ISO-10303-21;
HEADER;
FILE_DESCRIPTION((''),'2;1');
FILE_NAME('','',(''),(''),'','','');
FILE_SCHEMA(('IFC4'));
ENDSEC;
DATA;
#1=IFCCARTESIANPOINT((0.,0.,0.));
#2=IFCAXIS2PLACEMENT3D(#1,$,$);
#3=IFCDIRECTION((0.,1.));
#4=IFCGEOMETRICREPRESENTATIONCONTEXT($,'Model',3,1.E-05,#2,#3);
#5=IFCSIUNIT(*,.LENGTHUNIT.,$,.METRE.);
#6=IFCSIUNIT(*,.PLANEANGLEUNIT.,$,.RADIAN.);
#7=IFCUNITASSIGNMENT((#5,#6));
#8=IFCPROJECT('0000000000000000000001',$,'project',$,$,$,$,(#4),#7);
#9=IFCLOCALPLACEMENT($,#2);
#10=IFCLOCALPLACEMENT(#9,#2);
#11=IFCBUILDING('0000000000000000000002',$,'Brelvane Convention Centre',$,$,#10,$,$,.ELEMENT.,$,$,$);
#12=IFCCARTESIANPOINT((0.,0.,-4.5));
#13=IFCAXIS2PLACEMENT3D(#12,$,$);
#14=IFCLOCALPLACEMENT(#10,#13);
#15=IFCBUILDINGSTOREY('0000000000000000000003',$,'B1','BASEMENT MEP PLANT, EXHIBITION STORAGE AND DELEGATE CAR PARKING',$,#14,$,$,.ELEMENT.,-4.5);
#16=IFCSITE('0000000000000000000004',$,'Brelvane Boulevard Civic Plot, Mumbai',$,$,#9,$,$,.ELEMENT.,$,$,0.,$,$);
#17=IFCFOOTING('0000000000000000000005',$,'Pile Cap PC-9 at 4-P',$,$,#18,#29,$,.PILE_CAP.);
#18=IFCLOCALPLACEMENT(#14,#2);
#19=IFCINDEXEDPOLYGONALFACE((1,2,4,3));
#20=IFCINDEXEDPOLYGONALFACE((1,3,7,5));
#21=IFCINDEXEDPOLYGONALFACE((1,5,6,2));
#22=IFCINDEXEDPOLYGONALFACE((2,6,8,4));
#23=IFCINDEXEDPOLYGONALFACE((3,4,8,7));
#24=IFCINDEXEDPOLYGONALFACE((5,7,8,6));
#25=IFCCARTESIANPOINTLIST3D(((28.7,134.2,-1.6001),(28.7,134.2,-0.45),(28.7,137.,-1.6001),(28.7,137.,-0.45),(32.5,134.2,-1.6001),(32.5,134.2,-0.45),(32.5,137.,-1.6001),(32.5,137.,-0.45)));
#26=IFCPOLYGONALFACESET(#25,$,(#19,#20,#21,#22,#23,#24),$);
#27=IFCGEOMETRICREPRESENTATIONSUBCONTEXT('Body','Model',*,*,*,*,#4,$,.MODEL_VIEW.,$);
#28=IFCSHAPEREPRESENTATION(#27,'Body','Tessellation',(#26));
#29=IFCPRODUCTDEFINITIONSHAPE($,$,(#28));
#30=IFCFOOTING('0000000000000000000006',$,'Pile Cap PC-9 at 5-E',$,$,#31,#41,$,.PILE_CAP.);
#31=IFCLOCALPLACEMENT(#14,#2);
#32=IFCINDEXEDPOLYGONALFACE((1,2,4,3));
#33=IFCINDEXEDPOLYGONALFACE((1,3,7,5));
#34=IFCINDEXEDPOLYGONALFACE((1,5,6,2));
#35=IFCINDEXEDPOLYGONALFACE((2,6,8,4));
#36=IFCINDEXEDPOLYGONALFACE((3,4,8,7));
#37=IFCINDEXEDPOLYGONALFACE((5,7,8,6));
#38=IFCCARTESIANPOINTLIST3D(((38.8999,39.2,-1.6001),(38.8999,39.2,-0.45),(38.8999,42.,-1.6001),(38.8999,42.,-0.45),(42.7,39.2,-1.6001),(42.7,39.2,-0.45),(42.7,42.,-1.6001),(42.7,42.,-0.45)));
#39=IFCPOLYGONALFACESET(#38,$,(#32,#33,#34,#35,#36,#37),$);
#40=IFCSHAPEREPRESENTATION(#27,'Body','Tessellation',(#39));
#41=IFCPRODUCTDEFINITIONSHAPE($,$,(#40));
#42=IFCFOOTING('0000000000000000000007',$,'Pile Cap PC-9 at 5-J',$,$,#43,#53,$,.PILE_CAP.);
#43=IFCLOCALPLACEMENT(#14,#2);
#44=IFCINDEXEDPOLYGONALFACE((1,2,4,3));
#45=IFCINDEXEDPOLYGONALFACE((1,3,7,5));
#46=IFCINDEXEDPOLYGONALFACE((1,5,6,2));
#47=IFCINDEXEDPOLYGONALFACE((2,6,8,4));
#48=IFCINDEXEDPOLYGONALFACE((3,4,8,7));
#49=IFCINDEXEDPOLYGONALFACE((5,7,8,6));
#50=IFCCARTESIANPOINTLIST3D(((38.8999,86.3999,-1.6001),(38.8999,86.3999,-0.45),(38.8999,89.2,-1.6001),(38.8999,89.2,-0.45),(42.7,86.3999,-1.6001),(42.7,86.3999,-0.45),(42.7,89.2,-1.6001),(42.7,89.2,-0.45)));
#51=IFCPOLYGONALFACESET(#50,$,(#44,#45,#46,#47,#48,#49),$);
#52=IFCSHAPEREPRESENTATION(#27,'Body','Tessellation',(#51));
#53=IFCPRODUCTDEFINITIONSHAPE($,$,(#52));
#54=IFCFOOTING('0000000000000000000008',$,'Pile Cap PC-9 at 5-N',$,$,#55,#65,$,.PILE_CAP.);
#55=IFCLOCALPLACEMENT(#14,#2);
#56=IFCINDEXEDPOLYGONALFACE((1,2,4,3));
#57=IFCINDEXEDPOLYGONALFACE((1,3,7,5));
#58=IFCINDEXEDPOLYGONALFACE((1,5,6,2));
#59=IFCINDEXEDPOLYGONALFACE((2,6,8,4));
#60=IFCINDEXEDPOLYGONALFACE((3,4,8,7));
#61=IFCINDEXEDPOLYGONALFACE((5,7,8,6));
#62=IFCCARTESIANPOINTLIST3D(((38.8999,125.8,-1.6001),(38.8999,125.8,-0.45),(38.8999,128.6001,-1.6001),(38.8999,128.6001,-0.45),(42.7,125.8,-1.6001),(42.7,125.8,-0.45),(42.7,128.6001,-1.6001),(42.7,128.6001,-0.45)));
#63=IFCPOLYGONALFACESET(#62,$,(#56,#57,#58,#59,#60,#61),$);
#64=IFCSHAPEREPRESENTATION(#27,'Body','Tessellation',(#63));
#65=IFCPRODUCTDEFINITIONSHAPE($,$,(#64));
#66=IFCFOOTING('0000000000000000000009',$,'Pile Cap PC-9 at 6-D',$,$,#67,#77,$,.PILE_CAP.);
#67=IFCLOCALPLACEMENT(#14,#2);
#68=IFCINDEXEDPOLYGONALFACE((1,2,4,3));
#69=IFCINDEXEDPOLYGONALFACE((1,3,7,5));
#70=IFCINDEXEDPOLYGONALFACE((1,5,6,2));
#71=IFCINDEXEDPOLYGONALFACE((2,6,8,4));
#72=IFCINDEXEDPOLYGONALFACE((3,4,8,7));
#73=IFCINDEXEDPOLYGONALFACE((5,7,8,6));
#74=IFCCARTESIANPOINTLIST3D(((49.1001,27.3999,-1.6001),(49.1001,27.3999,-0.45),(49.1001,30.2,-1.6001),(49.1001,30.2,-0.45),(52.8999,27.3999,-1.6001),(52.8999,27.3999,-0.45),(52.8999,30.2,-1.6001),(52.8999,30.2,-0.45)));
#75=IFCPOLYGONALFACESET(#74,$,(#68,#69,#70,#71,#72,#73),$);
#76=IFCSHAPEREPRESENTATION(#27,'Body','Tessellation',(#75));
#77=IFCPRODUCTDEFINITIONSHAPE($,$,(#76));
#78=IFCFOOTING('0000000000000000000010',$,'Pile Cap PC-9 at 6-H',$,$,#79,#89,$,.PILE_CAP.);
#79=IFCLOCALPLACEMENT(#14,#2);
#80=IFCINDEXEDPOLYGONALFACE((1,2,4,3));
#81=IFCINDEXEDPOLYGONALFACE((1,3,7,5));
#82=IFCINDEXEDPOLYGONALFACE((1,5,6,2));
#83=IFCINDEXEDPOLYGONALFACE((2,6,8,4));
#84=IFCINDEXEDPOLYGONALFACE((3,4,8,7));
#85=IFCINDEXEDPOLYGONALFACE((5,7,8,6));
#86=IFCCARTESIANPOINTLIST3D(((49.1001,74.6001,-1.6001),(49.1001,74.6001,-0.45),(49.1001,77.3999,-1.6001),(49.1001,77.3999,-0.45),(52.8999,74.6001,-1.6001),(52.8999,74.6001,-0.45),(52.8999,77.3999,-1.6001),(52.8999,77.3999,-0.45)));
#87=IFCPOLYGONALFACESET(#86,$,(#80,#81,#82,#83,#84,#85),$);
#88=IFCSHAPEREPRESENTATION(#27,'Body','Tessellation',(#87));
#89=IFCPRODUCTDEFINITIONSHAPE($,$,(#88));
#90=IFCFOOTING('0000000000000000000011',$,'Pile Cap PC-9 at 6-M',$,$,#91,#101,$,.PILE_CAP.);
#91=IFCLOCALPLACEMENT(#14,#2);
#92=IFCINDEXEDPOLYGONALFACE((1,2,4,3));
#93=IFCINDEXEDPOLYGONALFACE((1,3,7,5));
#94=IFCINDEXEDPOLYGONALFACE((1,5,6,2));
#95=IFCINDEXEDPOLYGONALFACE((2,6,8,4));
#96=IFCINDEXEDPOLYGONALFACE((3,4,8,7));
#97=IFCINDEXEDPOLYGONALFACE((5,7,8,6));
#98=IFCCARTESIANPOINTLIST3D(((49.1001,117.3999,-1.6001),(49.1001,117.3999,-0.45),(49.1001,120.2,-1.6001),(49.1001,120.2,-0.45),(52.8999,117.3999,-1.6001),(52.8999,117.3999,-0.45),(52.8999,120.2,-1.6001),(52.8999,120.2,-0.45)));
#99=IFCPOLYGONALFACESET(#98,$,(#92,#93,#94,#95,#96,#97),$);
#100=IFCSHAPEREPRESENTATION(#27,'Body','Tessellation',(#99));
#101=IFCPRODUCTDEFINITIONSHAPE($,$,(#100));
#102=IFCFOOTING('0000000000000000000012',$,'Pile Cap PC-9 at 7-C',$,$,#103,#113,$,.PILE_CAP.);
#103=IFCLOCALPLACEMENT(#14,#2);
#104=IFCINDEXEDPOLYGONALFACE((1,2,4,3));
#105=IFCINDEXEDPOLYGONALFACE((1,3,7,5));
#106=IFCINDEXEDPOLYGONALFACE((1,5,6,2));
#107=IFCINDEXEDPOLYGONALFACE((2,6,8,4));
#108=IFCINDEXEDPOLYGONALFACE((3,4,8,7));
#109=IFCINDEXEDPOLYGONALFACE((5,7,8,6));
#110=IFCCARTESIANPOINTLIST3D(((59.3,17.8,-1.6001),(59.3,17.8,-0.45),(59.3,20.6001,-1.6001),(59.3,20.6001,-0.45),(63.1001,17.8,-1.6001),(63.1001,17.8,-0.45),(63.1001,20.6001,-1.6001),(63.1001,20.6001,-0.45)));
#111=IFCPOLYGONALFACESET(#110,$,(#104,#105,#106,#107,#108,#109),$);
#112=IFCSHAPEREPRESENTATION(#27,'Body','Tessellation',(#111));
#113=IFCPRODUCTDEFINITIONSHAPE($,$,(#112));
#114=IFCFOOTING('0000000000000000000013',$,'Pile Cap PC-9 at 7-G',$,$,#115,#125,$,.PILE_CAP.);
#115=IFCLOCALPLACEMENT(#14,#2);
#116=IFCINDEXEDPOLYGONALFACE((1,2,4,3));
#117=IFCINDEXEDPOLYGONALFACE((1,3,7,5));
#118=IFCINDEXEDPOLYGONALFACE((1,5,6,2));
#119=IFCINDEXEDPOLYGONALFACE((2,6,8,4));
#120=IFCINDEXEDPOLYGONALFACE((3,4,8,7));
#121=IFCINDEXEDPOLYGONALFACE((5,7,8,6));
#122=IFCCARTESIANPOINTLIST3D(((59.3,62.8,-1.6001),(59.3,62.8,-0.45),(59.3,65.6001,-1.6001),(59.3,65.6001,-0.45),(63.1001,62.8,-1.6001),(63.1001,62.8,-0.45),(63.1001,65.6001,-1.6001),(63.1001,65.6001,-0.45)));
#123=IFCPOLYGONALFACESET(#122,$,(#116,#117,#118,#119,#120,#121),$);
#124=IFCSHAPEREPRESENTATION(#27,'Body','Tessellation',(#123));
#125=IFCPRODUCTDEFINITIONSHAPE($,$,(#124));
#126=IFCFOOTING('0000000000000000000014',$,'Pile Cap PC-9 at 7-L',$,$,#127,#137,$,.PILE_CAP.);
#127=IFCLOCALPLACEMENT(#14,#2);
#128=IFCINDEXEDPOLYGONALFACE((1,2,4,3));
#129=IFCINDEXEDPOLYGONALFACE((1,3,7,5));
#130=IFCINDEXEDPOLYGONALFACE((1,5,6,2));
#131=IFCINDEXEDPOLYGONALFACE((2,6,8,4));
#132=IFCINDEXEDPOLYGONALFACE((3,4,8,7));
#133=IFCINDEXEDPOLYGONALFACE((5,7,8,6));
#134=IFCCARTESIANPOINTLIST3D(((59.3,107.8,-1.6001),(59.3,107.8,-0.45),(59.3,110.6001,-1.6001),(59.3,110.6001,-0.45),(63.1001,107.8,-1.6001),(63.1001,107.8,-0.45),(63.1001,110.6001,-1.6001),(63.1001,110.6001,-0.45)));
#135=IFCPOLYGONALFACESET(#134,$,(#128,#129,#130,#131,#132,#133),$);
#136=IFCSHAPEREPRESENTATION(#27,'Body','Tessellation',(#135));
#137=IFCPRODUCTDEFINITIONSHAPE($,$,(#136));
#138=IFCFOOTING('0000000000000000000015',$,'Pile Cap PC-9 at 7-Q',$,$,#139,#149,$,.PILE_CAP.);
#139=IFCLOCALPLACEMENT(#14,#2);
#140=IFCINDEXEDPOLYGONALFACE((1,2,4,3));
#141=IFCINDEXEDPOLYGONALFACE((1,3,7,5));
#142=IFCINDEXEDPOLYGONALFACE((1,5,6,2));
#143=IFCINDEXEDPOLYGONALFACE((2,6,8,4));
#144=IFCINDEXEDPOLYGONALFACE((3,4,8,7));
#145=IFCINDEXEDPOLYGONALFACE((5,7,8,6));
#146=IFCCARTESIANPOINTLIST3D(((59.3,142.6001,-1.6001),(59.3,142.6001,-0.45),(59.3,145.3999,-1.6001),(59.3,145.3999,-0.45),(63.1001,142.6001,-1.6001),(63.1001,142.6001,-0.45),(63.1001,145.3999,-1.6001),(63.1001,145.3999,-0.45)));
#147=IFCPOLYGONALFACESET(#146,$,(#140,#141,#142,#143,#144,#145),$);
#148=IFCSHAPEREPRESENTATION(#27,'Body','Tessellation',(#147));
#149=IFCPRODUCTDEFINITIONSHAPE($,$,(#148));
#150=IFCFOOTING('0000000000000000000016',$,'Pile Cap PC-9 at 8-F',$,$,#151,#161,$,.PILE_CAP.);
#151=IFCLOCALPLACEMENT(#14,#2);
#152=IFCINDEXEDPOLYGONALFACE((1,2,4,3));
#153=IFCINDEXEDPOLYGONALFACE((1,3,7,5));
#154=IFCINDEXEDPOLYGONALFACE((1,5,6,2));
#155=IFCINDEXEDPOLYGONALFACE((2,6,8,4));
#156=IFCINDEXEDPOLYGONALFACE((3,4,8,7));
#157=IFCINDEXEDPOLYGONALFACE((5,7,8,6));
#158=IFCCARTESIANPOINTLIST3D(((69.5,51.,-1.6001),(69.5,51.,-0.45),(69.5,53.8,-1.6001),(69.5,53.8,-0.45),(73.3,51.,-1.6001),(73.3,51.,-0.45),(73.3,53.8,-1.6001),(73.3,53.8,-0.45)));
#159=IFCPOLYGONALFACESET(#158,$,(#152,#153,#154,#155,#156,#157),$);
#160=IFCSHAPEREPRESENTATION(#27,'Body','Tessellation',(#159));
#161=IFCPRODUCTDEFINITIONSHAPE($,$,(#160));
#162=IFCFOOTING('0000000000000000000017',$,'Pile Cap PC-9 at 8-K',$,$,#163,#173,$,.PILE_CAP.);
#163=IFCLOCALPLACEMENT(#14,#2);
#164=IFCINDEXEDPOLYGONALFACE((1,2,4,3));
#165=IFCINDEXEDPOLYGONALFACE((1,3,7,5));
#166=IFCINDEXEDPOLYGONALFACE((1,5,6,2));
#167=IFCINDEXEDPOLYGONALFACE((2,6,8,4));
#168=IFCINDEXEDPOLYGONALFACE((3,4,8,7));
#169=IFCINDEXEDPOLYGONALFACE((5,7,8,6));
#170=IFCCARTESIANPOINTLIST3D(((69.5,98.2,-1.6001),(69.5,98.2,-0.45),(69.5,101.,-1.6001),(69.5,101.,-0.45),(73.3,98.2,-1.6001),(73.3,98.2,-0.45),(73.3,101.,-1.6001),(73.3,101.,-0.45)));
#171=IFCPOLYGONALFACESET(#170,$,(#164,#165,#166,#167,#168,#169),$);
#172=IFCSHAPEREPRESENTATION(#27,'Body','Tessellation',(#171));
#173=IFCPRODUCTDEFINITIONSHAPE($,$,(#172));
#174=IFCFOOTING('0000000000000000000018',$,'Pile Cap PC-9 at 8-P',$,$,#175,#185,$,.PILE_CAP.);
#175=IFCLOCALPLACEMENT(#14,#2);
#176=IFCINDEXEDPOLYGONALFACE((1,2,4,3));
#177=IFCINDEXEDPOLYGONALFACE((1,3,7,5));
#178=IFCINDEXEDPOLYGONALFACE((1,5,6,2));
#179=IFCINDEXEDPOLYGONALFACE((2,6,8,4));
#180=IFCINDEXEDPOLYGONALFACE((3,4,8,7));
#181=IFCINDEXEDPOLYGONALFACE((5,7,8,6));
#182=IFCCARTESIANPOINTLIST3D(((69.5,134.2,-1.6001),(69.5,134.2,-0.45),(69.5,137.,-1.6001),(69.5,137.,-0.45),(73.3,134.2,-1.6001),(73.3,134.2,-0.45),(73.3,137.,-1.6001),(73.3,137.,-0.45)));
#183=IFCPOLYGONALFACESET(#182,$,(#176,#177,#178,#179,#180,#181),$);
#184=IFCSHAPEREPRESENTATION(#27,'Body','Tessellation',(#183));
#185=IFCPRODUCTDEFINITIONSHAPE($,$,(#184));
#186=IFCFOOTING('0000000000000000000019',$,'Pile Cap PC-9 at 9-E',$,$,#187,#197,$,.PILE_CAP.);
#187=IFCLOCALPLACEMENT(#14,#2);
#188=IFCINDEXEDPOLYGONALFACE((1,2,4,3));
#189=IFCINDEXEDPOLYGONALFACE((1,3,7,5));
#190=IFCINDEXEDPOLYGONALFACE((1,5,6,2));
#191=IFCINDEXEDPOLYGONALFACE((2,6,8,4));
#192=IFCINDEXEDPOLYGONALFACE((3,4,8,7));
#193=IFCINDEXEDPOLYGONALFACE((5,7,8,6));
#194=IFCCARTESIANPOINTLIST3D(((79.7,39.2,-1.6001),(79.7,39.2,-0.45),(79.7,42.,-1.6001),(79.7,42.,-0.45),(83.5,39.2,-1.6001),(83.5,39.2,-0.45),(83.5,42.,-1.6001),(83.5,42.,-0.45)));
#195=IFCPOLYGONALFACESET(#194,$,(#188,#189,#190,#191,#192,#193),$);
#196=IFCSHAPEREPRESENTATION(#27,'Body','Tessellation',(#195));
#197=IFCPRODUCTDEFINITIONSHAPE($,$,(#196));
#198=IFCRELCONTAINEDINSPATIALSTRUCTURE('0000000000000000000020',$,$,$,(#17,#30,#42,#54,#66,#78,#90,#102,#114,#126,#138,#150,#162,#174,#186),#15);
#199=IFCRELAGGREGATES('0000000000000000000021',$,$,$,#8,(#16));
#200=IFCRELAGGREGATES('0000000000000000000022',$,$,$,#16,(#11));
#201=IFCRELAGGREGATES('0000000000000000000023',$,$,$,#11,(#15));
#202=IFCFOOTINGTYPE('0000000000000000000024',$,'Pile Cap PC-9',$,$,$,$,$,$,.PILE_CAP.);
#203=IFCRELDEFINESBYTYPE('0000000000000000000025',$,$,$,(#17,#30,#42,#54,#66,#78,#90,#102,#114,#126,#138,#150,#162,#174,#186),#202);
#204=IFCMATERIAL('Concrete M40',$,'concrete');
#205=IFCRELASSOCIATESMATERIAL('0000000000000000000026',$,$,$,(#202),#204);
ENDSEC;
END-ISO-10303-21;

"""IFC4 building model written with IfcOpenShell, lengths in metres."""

from ifc_helpers import new_model, si_unit, direction, frame, origin, place, context, subcontext, project, spatial, polyline, outline, extrude, material, type_object, element, save


model = new_model("IFC4")

# Units and contexts
model_context = context("Model", 3, precision=1e-05, world=origin(), true_north=direction((0.0, 1.0)))
body_context = subcontext(model_context, "Body", "Model", "MODEL_VIEW")
ifc_project = project(units=[si_unit("LENGTHUNIT", "METRE"), si_unit("PLANEANGLEUNIT", "RADIAN")], contexts=[model_context])

# Site, building, storey
site_placement = place(None, origin())
site = spatial("IfcSite", under=ifc_project, at=site_placement, Name="Brelvane Boulevard Civic Plot, Mumbai", CompositionType="ELEMENT", RefElevation=0.0)
building_placement = place(site_placement, origin())
building = spatial("IfcBuilding", under=site, at=building_placement, Name="Brelvane Convention Centre", CompositionType="ELEMENT")
storey_placement = place(building_placement, frame((0.0, 0.0, -4.5)))
storey = spatial("IfcBuildingStorey", under=building, at=storey_placement, Name="B1", Description="BASEMENT MEP PLANT, EXHIBITION STORAGE AND DELEGATE CAR PARKING", CompositionType="ELEMENT", Elevation=-4.5)

# Footings
ifc_material = material(Name="Concrete M40", Category="concrete")
footing_type = type_object("IfcFootingType", Name="Pile Cap PC-9", PredefinedType="PILE_CAP", material=ifc_material)
footing_1_placement = place(storey_placement, frame((0.0, 0.0, -1.6001)))
element("IfcFooting", 1, at=footing_1_placement, inside=storey, type_object=footing_type, Name="Pile Cap PC-9 at 4-P", PredefinedType="PILE_CAP", context=body_context, shape_type="SweptSolid", body=[
    extrude(outline(polyline([(28.7, 134.2), (32.5, 134.2), (32.5, 137.0), (28.7, 137.0), (28.7, 134.2)])), origin(), (0.0, 0.0, 1.0), 1.1501),
])
footing_2_placement = place(storey_placement, frame((0.0, 0.0, -1.6001)))
element("IfcFooting", 2, at=footing_2_placement, inside=storey, type_object=footing_type, Name="Pile Cap PC-9 at 5-E", PredefinedType="PILE_CAP", context=body_context, shape_type="SweptSolid", body=[
    extrude(outline(polyline([(38.8999, 39.2), (42.7, 39.2), (42.7, 42.0), (38.8999, 42.0), (38.8999, 39.2)])), origin(), (0.0, 0.0, 1.0), 1.1501),
])
footing_3_placement = place(storey_placement, frame((0.0, 0.0, -1.6001)))
element("IfcFooting", 3, at=footing_3_placement, inside=storey, type_object=footing_type, Name="Pile Cap PC-9 at 5-J", PredefinedType="PILE_CAP", context=body_context, shape_type="SweptSolid", body=[
    extrude(outline(polyline([(38.8999, 86.3999), (42.7, 86.3999), (42.7, 89.2), (38.8999, 89.2), (38.8999, 86.3999)])), origin(), (0.0, 0.0, 1.0), 1.1501),
])
footing_4_placement = place(storey_placement, frame((0.0, 0.0, -1.6001)))
element("IfcFooting", 4, at=footing_4_placement, inside=storey, type_object=footing_type, Name="Pile Cap PC-9 at 5-N", PredefinedType="PILE_CAP", context=body_context, shape_type="SweptSolid", body=[
    extrude(outline(polyline([(38.8999, 125.8), (42.7, 125.8), (42.7, 128.6001), (38.8999, 128.6001), (38.8999, 125.8)])), origin(), (0.0, 0.0, 1.0), 1.1501),
])
footing_5_placement = place(storey_placement, frame((0.0, 0.0, -1.6001)))
element("IfcFooting", 5, at=footing_5_placement, inside=storey, type_object=footing_type, Name="Pile Cap PC-9 at 6-D", PredefinedType="PILE_CAP", context=body_context, shape_type="SweptSolid", body=[
    extrude(outline(polyline([(49.1001, 27.3999), (52.8999, 27.3999), (52.8999, 30.2), (49.1001, 30.2), (49.1001, 27.3999)])), origin(), (0.0, 0.0, 1.0), 1.1501),
])
footing_6_placement = place(storey_placement, frame((0.0, 0.0, -1.6001)))
element("IfcFooting", 6, at=footing_6_placement, inside=storey, type_object=footing_type, Name="Pile Cap PC-9 at 6-H", PredefinedType="PILE_CAP", context=body_context, shape_type="SweptSolid", body=[
    extrude(outline(polyline([(49.1001, 74.6001), (52.8999, 74.6001), (52.8999, 77.3999), (49.1001, 77.3999), (49.1001, 74.6001)])), origin(), (0.0, 0.0, 1.0), 1.1501),
])
footing_7_placement = place(storey_placement, frame((0.0, 0.0, -1.6001)))
element("IfcFooting", 7, at=footing_7_placement, inside=storey, type_object=footing_type, Name="Pile Cap PC-9 at 6-M", PredefinedType="PILE_CAP", context=body_context, shape_type="SweptSolid", body=[
    extrude(outline(polyline([(49.1001, 117.3999), (52.8999, 117.3999), (52.8999, 120.2), (49.1001, 120.2), (49.1001, 117.3999)])), origin(), (0.0, 0.0, 1.0), 1.1501),
])
footing_8_placement = place(storey_placement, frame((0.0, 0.0, -1.6001)))
element("IfcFooting", 8, at=footing_8_placement, inside=storey, type_object=footing_type, Name="Pile Cap PC-9 at 7-C", PredefinedType="PILE_CAP", context=body_context, shape_type="SweptSolid", body=[
    extrude(outline(polyline([(59.3, 17.8), (63.1001, 17.8), (63.1001, 20.6001), (59.3, 20.6001), (59.3, 17.8)])), origin(), (0.0, 0.0, 1.0), 1.1501),
])
footing_9_placement = place(storey_placement, frame((0.0, 0.0, -1.6001)))
element("IfcFooting", 9, at=footing_9_placement, inside=storey, type_object=footing_type, Name="Pile Cap PC-9 at 7-G", PredefinedType="PILE_CAP", context=body_context, shape_type="SweptSolid", body=[
    extrude(outline(polyline([(59.3, 62.8), (63.1001, 62.8), (63.1001, 65.6001), (59.3, 65.6001), (59.3, 62.8)])), origin(), (0.0, 0.0, 1.0), 1.1501),
])
footing_10_placement = place(storey_placement, frame((0.0, 0.0, -1.6001)))
element("IfcFooting", 10, at=footing_10_placement, inside=storey, type_object=footing_type, Name="Pile Cap PC-9 at 7-L", PredefinedType="PILE_CAP", context=body_context, shape_type="SweptSolid", body=[
    extrude(outline(polyline([(59.3, 107.8), (63.1001, 107.8), (63.1001, 110.6001), (59.3, 110.6001), (59.3, 107.8)])), origin(), (0.0, 0.0, 1.0), 1.1501),
])
footing_11_placement = place(storey_placement, frame((0.0, 0.0, -1.6001)))
element("IfcFooting", 11, at=footing_11_placement, inside=storey, type_object=footing_type, Name="Pile Cap PC-9 at 7-Q", PredefinedType="PILE_CAP", context=body_context, shape_type="SweptSolid", body=[
    extrude(outline(polyline([(59.3, 142.6001), (63.1001, 142.6001), (63.1001, 145.3999), (59.3, 145.3999), (59.3, 142.6001)])), origin(), (0.0, 0.0, 1.0), 1.1501),
])
footing_12_placement = place(storey_placement, frame((0.0, 0.0, -1.6001)))
element("IfcFooting", 12, at=footing_12_placement, inside=storey, type_object=footing_type, Name="Pile Cap PC-9 at 8-F", PredefinedType="PILE_CAP", context=body_context, shape_type="SweptSolid", body=[
    extrude(outline(polyline([(69.5, 51.0), (73.3, 51.0), (73.3, 53.8), (69.5, 53.8), (69.5, 51.0)])), origin(), (0.0, 0.0, 1.0), 1.1501),
])
footing_13_placement = place(storey_placement, frame((0.0, 0.0, -1.6001)))
element("IfcFooting", 13, at=footing_13_placement, inside=storey, type_object=footing_type, Name="Pile Cap PC-9 at 8-K", PredefinedType="PILE_CAP", context=body_context, shape_type="SweptSolid", body=[
    extrude(outline(polyline([(69.5, 98.2), (73.3, 98.2), (73.3, 101.0), (69.5, 101.0), (69.5, 98.2)])), origin(), (0.0, 0.0, 1.0), 1.1501),
])
footing_14_placement = place(storey_placement, frame((0.0, 0.0, -1.6001)))
element("IfcFooting", 14, at=footing_14_placement, inside=storey, type_object=footing_type, Name="Pile Cap PC-9 at 8-P", PredefinedType="PILE_CAP", context=body_context, shape_type="SweptSolid", body=[
    extrude(outline(polyline([(69.5, 134.2), (73.3, 134.2), (73.3, 137.0), (69.5, 137.0), (69.5, 134.2)])), origin(), (0.0, 0.0, 1.0), 1.1501),
])
footing_15_placement = place(storey_placement, frame((0.0, 0.0, -1.6001)))
element("IfcFooting", 15, at=footing_15_placement, inside=storey, type_object=footing_type, Name="Pile Cap PC-9 at 9-E", PredefinedType="PILE_CAP", context=body_context, shape_type="SweptSolid", body=[
    extrude(outline(polyline([(79.7, 39.2), (83.5, 39.2), (83.5, 42.0), (79.7, 42.0), (79.7, 39.2)])), origin(), (0.0, 0.0, 1.0), 1.1501),
])

save(model, "model.ifc")
